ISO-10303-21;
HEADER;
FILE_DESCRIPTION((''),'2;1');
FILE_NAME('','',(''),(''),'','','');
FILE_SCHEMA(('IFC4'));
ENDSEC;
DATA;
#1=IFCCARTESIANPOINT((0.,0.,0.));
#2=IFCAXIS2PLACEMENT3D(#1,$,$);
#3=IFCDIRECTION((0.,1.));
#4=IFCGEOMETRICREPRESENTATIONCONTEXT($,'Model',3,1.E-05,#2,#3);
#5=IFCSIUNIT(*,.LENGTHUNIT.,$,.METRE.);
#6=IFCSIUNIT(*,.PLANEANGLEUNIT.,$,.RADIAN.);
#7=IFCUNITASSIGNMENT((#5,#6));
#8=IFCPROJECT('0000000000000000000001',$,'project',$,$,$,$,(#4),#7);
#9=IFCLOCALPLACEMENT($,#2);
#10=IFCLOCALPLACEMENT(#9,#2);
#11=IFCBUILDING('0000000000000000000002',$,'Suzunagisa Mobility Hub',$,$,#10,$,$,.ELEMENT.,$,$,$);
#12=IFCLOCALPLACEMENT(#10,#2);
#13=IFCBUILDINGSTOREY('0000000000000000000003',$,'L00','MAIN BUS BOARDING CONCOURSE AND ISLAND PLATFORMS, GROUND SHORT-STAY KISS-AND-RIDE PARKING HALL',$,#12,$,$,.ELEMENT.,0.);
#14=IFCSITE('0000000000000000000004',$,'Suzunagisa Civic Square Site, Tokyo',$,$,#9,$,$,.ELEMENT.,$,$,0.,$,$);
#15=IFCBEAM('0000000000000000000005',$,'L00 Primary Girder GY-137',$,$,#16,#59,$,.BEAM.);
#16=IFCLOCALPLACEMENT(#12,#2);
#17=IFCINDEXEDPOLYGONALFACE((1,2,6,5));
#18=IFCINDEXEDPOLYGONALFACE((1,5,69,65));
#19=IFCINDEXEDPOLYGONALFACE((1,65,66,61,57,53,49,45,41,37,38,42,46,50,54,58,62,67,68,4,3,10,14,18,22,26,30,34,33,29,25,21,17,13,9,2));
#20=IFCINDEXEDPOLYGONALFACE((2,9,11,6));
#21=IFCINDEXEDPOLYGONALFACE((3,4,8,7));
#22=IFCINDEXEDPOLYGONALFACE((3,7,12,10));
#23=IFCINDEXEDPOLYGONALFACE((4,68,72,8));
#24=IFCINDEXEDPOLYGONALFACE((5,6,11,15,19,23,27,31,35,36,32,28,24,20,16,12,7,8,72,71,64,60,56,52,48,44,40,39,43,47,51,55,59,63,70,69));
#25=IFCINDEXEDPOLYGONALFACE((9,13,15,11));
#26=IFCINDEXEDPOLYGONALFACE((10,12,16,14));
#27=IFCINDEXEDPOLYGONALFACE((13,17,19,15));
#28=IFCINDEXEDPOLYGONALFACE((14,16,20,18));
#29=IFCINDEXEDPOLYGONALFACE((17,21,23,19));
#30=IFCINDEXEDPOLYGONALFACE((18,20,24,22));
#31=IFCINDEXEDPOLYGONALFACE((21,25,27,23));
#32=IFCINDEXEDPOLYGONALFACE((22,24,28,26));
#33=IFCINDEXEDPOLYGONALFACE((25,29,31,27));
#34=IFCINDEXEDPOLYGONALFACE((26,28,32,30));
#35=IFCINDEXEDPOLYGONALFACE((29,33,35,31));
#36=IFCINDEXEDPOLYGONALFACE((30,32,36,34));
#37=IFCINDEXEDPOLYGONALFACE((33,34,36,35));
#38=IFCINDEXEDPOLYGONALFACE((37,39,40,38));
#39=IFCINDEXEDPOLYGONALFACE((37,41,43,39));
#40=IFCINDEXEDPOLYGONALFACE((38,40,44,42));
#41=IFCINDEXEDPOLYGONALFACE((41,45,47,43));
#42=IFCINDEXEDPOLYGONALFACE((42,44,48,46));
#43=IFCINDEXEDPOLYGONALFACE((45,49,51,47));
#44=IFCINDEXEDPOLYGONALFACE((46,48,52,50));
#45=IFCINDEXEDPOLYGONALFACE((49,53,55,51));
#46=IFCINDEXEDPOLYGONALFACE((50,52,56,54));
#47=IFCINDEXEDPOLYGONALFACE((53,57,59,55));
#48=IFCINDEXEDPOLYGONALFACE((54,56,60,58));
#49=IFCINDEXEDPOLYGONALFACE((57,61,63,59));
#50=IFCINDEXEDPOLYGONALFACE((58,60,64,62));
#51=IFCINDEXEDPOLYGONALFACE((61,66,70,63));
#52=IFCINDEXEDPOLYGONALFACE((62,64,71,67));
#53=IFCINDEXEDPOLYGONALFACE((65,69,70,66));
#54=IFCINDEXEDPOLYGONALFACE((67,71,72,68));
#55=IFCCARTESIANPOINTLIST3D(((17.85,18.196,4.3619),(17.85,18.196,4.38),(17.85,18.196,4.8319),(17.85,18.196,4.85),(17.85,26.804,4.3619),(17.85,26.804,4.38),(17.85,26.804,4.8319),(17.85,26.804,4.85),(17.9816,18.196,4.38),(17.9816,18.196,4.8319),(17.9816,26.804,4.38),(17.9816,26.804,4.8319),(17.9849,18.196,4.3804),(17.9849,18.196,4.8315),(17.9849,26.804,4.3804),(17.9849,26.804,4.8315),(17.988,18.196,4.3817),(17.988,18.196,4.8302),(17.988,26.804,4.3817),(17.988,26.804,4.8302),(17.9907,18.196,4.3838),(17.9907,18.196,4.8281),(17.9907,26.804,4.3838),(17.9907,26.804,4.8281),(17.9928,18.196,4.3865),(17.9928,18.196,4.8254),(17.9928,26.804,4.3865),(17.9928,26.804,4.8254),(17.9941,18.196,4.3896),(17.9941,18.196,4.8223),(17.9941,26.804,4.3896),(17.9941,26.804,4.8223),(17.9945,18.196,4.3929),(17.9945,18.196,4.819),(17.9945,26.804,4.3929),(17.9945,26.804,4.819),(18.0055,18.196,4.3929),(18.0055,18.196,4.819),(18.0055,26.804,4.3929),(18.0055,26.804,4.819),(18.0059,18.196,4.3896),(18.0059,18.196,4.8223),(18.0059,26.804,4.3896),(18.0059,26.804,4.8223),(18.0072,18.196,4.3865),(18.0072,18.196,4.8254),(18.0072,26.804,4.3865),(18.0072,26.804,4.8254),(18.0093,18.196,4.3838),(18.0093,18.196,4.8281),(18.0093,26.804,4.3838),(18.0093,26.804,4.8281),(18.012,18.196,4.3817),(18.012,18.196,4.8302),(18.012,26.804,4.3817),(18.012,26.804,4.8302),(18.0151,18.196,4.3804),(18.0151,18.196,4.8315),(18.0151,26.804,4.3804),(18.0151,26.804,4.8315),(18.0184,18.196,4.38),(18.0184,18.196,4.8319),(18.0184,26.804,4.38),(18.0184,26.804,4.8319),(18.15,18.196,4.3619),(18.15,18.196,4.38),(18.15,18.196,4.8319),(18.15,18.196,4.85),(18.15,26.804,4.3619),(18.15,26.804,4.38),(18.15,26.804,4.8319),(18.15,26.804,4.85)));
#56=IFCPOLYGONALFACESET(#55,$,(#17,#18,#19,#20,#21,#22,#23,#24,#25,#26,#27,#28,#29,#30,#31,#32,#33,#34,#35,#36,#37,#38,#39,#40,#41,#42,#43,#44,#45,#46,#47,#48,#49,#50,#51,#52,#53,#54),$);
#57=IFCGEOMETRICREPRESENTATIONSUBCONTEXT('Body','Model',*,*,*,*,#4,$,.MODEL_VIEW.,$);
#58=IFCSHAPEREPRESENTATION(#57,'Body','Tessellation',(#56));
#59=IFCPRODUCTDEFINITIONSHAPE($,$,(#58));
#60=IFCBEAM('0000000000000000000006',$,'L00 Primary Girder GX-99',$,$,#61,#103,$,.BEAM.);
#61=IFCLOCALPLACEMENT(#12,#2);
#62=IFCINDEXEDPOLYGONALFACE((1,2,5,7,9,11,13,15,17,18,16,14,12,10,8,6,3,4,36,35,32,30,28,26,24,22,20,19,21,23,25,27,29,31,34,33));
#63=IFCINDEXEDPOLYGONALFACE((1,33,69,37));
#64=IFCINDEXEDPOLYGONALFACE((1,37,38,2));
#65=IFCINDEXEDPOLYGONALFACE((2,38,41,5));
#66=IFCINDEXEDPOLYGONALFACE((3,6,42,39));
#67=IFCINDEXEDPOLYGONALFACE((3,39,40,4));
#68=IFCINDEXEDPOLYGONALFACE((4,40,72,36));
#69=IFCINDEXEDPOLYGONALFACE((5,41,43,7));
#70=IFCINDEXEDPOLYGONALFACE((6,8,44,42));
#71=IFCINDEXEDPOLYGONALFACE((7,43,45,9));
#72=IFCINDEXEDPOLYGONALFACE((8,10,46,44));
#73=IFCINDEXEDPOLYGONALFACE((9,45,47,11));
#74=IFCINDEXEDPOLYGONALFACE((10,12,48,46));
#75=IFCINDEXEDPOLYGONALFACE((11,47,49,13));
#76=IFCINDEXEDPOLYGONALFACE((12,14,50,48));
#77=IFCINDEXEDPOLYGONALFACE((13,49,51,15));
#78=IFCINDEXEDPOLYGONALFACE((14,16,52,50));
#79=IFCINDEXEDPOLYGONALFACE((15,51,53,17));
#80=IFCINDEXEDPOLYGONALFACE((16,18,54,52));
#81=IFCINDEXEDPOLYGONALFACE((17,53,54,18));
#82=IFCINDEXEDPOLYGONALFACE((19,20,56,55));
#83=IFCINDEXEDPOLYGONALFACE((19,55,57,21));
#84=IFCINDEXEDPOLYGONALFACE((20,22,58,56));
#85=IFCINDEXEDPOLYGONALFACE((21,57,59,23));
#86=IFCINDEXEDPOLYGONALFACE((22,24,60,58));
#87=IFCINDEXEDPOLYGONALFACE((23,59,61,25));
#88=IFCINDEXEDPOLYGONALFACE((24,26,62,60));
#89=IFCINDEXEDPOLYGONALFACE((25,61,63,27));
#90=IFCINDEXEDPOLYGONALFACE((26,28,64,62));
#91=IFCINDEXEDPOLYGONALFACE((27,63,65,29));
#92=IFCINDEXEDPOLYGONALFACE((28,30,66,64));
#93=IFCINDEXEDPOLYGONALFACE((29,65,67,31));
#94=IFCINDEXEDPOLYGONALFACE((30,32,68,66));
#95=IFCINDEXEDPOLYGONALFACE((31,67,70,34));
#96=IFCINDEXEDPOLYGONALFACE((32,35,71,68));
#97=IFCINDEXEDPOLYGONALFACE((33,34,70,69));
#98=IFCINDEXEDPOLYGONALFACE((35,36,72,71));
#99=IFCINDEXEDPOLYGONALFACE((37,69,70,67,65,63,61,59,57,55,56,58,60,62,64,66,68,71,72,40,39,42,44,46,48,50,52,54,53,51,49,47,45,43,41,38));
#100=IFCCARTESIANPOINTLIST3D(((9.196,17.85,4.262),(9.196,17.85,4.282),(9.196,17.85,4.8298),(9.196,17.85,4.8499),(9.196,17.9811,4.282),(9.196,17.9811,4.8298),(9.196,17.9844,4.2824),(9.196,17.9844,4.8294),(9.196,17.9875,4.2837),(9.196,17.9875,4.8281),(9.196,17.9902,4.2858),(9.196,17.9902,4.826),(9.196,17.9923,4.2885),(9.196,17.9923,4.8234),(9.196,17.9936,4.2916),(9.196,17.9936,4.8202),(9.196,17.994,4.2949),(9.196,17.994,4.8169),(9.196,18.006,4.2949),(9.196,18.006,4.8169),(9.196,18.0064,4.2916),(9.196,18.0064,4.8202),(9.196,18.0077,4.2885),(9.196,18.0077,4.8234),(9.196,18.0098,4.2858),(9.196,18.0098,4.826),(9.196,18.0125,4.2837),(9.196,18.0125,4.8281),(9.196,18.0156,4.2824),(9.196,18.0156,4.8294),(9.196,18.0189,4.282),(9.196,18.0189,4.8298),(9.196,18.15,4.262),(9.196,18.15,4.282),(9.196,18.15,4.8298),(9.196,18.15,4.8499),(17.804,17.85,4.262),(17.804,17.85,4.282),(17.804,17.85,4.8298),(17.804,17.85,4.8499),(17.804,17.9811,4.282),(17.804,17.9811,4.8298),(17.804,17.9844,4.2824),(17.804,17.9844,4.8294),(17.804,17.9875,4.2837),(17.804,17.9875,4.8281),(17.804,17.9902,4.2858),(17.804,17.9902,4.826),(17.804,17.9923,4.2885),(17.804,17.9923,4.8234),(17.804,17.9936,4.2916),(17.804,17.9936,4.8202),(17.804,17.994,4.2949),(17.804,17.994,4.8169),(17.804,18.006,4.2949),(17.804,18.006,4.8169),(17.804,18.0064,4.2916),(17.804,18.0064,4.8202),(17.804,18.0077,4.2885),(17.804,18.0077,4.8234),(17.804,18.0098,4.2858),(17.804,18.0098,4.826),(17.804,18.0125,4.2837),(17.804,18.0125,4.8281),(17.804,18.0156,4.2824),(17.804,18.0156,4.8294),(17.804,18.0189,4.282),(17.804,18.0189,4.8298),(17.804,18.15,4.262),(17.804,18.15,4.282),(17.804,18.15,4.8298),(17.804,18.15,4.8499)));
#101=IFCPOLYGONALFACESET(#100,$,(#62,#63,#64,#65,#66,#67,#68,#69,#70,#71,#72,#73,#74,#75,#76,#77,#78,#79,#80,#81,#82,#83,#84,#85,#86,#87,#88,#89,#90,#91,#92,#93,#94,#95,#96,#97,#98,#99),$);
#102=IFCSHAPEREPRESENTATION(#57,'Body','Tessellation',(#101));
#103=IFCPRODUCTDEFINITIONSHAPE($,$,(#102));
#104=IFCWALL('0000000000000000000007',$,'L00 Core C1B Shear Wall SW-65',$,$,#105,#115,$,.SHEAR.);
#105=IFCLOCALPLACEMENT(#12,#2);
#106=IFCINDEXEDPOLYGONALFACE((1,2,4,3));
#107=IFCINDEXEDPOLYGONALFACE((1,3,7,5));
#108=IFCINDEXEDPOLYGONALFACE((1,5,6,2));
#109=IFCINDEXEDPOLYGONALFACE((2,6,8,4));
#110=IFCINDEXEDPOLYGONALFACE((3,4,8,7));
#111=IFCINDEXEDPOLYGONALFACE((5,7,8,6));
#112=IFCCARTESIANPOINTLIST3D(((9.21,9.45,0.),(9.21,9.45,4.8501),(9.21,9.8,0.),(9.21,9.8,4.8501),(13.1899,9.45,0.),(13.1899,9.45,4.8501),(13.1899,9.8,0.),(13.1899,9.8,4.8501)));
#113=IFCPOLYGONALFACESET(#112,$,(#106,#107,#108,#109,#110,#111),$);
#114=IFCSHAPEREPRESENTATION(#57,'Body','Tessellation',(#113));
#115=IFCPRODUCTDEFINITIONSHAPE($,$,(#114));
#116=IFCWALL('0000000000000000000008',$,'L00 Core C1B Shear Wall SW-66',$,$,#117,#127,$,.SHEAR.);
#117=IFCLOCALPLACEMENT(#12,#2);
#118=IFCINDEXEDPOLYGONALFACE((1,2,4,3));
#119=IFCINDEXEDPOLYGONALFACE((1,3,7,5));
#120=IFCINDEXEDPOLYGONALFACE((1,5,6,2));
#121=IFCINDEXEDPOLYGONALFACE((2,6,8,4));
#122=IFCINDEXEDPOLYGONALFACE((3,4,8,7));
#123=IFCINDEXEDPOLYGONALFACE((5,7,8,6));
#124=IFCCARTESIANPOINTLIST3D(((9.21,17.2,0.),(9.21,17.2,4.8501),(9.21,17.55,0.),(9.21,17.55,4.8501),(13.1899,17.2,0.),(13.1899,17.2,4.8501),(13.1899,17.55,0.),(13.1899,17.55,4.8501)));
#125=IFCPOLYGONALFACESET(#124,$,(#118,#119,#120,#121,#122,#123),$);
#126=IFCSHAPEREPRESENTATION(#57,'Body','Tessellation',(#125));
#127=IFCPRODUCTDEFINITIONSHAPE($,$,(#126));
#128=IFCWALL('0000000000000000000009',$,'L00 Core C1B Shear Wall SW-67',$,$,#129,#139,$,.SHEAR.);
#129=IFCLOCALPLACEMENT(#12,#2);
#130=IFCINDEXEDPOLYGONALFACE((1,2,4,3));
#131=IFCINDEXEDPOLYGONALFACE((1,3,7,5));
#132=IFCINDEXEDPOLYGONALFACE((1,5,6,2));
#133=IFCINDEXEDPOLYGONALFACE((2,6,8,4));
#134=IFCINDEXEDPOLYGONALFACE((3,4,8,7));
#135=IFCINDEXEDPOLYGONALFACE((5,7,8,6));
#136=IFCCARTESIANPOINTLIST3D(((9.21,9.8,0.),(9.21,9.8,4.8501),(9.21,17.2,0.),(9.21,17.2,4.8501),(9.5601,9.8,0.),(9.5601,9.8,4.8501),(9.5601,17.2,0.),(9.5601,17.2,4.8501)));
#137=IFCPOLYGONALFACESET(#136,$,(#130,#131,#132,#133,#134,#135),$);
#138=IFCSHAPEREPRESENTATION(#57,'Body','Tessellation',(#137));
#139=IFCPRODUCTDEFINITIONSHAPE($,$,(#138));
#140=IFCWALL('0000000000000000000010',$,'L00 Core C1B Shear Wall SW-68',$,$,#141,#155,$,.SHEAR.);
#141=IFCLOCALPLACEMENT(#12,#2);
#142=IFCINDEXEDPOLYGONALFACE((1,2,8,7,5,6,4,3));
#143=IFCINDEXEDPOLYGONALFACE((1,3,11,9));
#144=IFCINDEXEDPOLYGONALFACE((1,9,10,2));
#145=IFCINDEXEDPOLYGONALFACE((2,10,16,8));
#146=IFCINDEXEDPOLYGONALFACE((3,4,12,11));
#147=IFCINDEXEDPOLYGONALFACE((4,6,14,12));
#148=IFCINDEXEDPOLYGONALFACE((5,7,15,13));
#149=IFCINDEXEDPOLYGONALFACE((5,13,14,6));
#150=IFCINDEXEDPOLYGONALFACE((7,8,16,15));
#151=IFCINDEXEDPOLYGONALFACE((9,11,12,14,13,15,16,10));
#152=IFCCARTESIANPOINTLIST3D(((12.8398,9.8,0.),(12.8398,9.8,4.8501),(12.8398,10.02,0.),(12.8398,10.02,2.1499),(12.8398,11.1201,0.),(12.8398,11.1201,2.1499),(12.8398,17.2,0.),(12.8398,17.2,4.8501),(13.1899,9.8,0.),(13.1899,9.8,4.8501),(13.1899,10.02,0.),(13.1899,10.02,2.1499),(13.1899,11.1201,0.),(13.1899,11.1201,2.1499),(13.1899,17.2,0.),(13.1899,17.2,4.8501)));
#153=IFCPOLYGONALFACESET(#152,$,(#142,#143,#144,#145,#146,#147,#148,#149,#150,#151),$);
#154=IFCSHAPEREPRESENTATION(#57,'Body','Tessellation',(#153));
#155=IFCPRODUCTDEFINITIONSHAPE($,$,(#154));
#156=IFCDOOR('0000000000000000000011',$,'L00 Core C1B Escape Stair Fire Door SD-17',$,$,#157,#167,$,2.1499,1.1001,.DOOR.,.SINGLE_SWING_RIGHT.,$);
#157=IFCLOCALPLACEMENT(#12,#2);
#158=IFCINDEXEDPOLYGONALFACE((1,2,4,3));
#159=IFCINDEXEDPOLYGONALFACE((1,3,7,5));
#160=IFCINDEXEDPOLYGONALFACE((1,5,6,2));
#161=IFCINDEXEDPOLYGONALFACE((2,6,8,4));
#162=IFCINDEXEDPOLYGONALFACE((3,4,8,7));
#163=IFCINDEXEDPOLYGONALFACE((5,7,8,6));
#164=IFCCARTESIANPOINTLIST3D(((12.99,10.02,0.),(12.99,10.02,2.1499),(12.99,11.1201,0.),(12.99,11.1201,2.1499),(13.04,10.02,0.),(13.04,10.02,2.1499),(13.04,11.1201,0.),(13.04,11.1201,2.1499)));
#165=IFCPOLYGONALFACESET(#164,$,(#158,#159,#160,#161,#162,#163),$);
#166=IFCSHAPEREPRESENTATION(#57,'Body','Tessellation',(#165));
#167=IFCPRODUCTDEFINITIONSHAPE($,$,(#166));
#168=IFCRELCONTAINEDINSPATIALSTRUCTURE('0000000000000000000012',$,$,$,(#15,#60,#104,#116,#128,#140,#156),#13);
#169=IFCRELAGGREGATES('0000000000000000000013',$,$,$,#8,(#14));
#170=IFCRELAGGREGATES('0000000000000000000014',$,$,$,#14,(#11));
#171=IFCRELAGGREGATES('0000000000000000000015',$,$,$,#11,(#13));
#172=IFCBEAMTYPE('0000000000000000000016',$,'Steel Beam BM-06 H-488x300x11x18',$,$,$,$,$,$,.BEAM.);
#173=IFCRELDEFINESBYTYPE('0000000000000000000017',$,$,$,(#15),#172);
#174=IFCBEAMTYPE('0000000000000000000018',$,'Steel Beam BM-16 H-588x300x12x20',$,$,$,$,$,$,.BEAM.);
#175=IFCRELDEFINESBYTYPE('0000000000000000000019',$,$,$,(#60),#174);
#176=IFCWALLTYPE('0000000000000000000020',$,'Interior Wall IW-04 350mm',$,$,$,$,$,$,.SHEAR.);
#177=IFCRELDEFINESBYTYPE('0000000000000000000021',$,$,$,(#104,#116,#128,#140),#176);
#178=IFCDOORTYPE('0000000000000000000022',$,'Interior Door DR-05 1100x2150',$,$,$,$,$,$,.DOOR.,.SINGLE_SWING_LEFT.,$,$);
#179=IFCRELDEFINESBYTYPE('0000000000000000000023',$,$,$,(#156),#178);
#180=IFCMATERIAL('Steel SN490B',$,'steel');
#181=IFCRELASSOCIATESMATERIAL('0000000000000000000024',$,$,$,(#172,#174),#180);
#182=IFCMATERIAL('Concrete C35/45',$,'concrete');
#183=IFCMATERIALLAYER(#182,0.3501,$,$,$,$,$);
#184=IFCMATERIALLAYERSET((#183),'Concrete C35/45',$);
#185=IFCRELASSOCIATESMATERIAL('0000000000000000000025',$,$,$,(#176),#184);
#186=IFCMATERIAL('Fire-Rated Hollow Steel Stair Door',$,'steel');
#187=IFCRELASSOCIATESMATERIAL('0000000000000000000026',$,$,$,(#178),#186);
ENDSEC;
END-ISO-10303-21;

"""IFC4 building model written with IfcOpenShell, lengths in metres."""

from ifc_helpers import new_model, si_unit, direction, frame, frame_2d, origin, origin_2d, place, context, subcontext, project, spatial, rectangle, i_section, extrude, material, layer, layer_set, material_profile, profile_set, type_object, element, fill, save


model = new_model("IFC4")

# Units and contexts
model_context = context("Model", 3, precision=1e-05, world=origin(), true_north=direction((0.0, 1.0)))
body_context = subcontext(model_context, "Body", "Model", "MODEL_VIEW")
ifc_project = project(units=[si_unit("LENGTHUNIT", "METRE"), si_unit("PLANEANGLEUNIT", "RADIAN")], contexts=[model_context])

# Site, building, storey
site_placement = place(None, origin())
site = spatial("IfcSite", under=ifc_project, at=site_placement, Name="Suzunagisa Civic Square Site, Tokyo", CompositionType="ELEMENT", RefElevation=0.0)
building_placement = place(site_placement, origin())
building = spatial("IfcBuilding", under=site, at=building_placement, Name="Suzunagisa Mobility Hub", CompositionType="ELEMENT")
storey_placement = place(building_placement, origin())
storey = spatial("IfcBuildingStorey", under=building, at=storey_placement, Name="L00", Description="MAIN BUS BOARDING CONCOURSE AND ISLAND PLATFORMS, GROUND SHORT-STAY KISS-AND-RIDE PARKING HALL", CompositionType="ELEMENT", Elevation=0.0)

# Shared definitions
ifc_material_1 = material(Name="Steel SN490B", Category="steel")

# Beams
ifc_material_profile_1 = material_profile(ifc_material_1, i_section(OverallWidth=0.3, OverallDepth=0.488, WebThickness=0.011, FlangeThickness=0.0181, FilletRadius=0.0129, at=origin_2d()), Name="H-488x300x11x18")
ifc_profile_set_1 = profile_set([ifc_material_profile_1], Name="Steel SN490B")
beam_type_1 = type_object("IfcBeamType", Name="Steel Beam BM-06 H-488x300x11x18", PredefinedType="BEAM", material=ifc_profile_set_1)
for number, where, z_axis, x_axis, name in (
    (1, (18.0, 18.196, 4.606), (0.0, 1.0, 0.0), (-1.0, 0.0, 0.0), "L00 Primary Girder GY-137"),
):
    element("IfcBeam", number, at=place(storey_placement, frame(where, z_axis=z_axis, x_axis=x_axis)), inside=storey, type_object=beam_type_1, Name=name, PredefinedType="BEAM", context=body_context, shape_type="SweptSolid", body=[
        extrude(i_section(OverallWidth=0.3, OverallDepth=0.488, WebThickness=0.011, FlangeThickness=0.0181, FilletRadius=0.0129, at=origin_2d()), origin(), (0.0, 0.0, 1.0), 8.6079),
    ])
ifc_material_profile_2 = material_profile(ifc_material_1, i_section(OverallWidth=0.3, OverallDepth=0.5879, WebThickness=0.012, FlangeThickness=0.02, FilletRadius=0.0129, at=origin_2d()), Name="H-588x300x12x20")
ifc_profile_set_2 = profile_set([ifc_material_profile_2], Name="Steel SN490B")
beam_type_2 = type_object("IfcBeamType", Name="Steel Beam BM-16 H-588x300x12x20", PredefinedType="BEAM", material=ifc_profile_set_2)
beam_placement = place(storey_placement, frame((9.196, 18.0, 4.5559), z_axis=(1.0, 0.0, 0.0), x_axis=(0.0, 1.0, 0.0)))
element("IfcBeam", 2, at=beam_placement, inside=storey, type_object=beam_type_2, Name="L00 Primary Girder GX-99", PredefinedType="BEAM", context=body_context, shape_type="SweptSolid", body=[
    extrude(i_section(OverallWidth=0.3, OverallDepth=0.5879, WebThickness=0.012, FlangeThickness=0.02, FilletRadius=0.0129, at=origin_2d()), origin(), (0.0, 0.0, 1.0), 8.6079),
])

# Walls
ifc_material_2 = material(Name="Concrete C35/45", Category="concrete")
ifc_layer = layer(ifc_material_2, 0.3501)
ifc_layer_set = layer_set([ifc_layer], Name="Concrete C35/45")
wall_type = type_object("IfcWallType", Name="Interior Wall IW-04 350mm", PredefinedType="SHEAR", material=ifc_layer_set)
for number, where, z_axis, x_axis, name in (
    (3, (9.21, 9.625, 0.0), (0.0, 0.0, 1.0), (1.0, 0.0, 0.0), "L00 Core C1B Shear Wall SW-65"),
    (4, (9.21, 17.375, 0.0), (0.0, 0.0, 1.0), (1.0, 0.0, 0.0), "L00 Core C1B Shear Wall SW-66"),
):
    element("IfcWall", number, at=place(storey_placement, frame(where, z_axis=z_axis, x_axis=x_axis)), inside=storey, type_object=wall_type, Name=name, PredefinedType="SHEAR", context=body_context, shape_type="SweptSolid", body=[
        extrude(rectangle(XDim=3.98, YDim=0.3501, at=frame_2d((1.99, 0.0))), origin(), (0.0, 0.0, 1.0), 4.8501),
    ])
wall_1_placement = place(storey_placement, frame((9.385, 9.8, 0.0), z_axis=(0.0, 0.0, 1.0), x_axis=(0.0, 1.0, 0.0)))
element("IfcWall", 5, at=wall_1_placement, inside=storey, type_object=wall_type, Name="L00 Core C1B Shear Wall SW-67", PredefinedType="SHEAR", context=body_context, shape_type="SweptSolid", body=[
    extrude(rectangle(XDim=7.3999, YDim=0.3501, at=frame_2d((3.7, 0.0))), origin(), (0.0, 0.0, 1.0), 4.8501),
])

# Wall, opening, door
wall_2_placement = place(storey_placement, frame((13.0149, 9.8, 0.0), z_axis=(0.0, 0.0, 1.0), x_axis=(0.0, 1.0, 0.0)))
wall_2 = element("IfcWall", 6, at=wall_2_placement, inside=storey, type_object=wall_type, Name="L00 Core C1B Shear Wall SW-68", PredefinedType="SHEAR", context=body_context, shape_type="SweptSolid", body=[
    extrude(rectangle(XDim=7.3999, YDim=0.3501, at=frame_2d((3.7, 0.0))), origin(), (0.0, 0.0, 1.0), 4.8501),
])
opening_placement = place(wall_2_placement, frame((0.22, 0.0, 0.0)))
opening = element("IfcOpeningElement", 7, at=opening_placement, cuts=wall_2, PredefinedType="OPENING", context=body_context, shape_type="SweptSolid", body=[
    extrude(rectangle(XDim=1.1001, YDim=2.1499, at=frame_2d((0.55, 1.075))), frame((0.0, 0.186, 0.0), z_axis=(0.0, -1.0, 0.0), x_axis=(1.0, 0.0, 0.0)), (0.0, 0.0, 1.0), 0.3721),
])
ifc_material_3 = material(Name="Fire-Rated Hollow Steel Stair Door", Category="steel")
door_type = type_object("IfcDoorType", Name="Interior Door DR-05 1100x2150", OperationType="SINGLE_SWING_LEFT", PredefinedType="DOOR", material=ifc_material_3)
door_placement = place(opening_placement, origin())
door = element("IfcDoor", 8, at=door_placement, inside=storey, type_object=door_type, Name="L00 Core C1B Escape Stair Fire Door SD-17", OperationType="SINGLE_SWING_RIGHT", OverallHeight=2.1499, OverallWidth=1.1001, PredefinedType="DOOR", context=body_context, shape_type="SweptSolid", body=[
    extrude(rectangle(XDim=1.1001, YDim=2.1499, at=frame_2d((0.55, 1.075))), frame((0.0, 0.0249, 0.0), z_axis=(0.0, -1.0, 0.0), x_axis=(1.0, 0.0, 0.0)), (0.0, 0.0, 1.0), 0.05),
])
fill(opening, door)

save(model, "model.ifc")
